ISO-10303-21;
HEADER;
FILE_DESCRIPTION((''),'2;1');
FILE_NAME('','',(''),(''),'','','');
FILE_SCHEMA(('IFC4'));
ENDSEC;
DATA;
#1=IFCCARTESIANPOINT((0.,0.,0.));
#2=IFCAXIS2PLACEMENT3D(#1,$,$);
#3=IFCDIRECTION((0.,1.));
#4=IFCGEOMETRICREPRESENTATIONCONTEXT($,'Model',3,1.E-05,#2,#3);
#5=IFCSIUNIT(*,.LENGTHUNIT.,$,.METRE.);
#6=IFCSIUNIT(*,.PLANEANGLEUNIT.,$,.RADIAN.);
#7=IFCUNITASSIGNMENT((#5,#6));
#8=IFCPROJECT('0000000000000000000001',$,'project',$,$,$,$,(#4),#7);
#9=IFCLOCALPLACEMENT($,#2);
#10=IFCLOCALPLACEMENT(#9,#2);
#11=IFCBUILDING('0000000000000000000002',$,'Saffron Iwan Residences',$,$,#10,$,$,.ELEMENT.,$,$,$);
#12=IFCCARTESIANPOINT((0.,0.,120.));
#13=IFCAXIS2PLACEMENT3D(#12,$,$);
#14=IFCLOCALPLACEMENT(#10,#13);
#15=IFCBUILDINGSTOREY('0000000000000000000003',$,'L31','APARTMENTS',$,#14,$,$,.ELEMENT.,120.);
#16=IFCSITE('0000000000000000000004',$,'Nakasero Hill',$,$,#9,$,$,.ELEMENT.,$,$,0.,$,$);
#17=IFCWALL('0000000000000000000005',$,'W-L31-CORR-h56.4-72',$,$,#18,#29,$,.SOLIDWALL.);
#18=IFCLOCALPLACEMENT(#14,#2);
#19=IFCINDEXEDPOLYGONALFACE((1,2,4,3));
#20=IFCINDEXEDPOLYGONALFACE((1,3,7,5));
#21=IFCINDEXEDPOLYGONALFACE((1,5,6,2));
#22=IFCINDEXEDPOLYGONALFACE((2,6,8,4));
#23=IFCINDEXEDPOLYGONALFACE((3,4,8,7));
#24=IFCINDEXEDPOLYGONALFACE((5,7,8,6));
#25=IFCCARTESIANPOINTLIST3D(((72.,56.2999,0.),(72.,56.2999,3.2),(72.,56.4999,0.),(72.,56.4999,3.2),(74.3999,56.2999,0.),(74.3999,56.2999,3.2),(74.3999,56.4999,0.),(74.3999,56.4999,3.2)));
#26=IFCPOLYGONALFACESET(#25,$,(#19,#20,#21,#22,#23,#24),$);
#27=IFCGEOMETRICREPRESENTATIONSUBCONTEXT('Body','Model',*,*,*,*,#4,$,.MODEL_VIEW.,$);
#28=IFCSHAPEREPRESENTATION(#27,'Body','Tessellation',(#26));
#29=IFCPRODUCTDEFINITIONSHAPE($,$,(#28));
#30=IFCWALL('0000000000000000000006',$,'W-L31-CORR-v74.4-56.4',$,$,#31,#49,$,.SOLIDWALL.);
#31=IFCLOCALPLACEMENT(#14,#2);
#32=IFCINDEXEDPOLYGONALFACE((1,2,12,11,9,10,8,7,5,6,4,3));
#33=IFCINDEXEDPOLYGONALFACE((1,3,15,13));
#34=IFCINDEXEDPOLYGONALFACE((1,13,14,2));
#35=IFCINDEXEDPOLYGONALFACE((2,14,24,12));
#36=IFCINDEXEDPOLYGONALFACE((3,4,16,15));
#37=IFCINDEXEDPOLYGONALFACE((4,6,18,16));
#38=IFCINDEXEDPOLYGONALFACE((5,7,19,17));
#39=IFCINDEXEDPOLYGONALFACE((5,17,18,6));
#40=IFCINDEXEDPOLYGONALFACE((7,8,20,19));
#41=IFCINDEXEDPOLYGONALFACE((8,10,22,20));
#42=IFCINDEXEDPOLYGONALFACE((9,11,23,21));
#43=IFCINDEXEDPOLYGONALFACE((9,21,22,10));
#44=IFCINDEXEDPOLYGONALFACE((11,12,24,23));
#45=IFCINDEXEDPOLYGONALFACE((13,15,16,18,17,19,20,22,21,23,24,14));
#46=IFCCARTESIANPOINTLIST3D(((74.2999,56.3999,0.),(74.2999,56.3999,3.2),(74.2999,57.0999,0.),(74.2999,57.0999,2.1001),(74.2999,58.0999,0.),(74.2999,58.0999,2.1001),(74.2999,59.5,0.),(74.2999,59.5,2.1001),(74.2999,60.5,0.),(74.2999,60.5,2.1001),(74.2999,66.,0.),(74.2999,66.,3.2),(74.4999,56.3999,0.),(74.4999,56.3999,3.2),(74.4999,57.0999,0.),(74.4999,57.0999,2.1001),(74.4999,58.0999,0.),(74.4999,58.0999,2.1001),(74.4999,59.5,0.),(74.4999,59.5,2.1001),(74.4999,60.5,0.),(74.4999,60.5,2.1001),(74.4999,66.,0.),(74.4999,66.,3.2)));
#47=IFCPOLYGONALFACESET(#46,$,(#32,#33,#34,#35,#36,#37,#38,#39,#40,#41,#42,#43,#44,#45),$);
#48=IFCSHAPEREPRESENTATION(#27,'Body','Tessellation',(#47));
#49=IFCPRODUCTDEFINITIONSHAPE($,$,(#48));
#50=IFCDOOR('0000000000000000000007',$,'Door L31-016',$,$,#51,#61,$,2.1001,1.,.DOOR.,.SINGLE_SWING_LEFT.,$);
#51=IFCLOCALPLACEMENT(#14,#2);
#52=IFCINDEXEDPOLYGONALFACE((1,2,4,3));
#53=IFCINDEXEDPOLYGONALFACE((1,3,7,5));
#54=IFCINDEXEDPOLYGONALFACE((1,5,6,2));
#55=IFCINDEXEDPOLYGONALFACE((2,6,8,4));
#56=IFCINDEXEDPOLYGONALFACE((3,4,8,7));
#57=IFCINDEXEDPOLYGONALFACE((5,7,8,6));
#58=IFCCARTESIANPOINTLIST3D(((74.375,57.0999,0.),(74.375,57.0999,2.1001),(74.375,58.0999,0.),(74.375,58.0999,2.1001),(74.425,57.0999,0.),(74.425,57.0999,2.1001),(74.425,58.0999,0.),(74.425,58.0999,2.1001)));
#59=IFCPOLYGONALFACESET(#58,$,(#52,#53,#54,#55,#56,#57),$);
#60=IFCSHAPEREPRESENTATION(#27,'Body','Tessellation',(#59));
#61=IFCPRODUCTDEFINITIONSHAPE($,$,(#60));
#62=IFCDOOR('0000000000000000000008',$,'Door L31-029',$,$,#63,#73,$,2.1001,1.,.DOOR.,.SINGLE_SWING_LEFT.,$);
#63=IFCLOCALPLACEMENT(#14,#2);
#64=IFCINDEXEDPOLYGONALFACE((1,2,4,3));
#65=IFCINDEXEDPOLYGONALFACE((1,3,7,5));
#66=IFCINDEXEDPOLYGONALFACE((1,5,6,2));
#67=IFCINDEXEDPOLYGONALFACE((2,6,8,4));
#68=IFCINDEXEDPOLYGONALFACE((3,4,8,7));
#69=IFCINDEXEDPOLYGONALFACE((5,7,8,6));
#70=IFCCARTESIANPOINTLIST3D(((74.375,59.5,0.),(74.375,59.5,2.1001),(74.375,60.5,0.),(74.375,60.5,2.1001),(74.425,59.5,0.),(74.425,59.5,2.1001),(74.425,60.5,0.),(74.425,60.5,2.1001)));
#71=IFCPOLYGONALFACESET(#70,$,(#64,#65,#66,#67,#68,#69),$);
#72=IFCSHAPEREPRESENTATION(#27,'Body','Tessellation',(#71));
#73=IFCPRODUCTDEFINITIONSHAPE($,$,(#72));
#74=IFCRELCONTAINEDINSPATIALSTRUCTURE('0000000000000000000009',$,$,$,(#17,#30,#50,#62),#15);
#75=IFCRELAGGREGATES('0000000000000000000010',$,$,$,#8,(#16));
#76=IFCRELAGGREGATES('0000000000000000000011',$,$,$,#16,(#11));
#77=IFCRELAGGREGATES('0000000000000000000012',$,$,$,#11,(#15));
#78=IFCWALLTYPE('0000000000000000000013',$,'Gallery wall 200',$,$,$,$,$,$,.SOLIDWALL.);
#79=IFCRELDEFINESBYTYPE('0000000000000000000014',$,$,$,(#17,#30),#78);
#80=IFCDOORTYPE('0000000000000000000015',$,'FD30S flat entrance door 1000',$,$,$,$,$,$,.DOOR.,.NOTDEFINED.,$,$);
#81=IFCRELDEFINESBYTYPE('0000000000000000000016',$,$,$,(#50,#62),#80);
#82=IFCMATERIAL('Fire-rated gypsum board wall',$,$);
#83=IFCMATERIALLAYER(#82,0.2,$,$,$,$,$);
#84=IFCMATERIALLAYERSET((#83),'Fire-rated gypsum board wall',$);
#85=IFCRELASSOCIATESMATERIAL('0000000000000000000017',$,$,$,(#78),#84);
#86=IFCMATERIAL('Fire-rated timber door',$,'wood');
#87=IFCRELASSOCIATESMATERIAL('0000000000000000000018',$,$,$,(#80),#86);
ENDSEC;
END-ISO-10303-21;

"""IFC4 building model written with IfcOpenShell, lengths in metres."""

from ifc_helpers import new_model, si_unit, direction, frame, frame_2d, origin, place, context, subcontext, project, spatial, rectangle, extrude, material, layer, layer_set, type_object, element, fill, save


model = new_model("IFC4")

# Units and contexts
model_context = context("Model", 3, precision=1e-05, world=origin(), true_north=direction((0.0, 1.0)))
body_context = subcontext(model_context, "Body", "Model", "MODEL_VIEW")
ifc_project = project(units=[si_unit("LENGTHUNIT", "METRE"), si_unit("PLANEANGLEUNIT", "RADIAN")], contexts=[model_context])

# Site, building, storey
site_placement = place(None, origin())
site = spatial("IfcSite", under=ifc_project, at=site_placement, Name="Nakasero Hill", CompositionType="ELEMENT", RefElevation=0.0)
building_placement = place(site_placement, origin())
building = spatial("IfcBuilding", under=site, at=building_placement, Name="Saffron Iwan Residences", CompositionType="ELEMENT")
storey_placement = place(building_placement, frame((0.0, 0.0, 120.0)))
storey = spatial("IfcBuildingStorey", under=building, at=storey_placement, Name="L31", Description="APARTMENTS", CompositionType="ELEMENT", Elevation=120.0)

# Shared definitions
ifc_material_1 = material(Name="Fire-rated gypsum board wall")

# Wall
ifc_layer_1 = layer(ifc_material_1, 0.2)
ifc_layer_set_1 = layer_set([ifc_layer_1], Name="Fire-rated gypsum board wall")
wall_type_1 = type_object("IfcWallType", Name="Gallery wall 200", PredefinedType="SOLIDWALL", material=ifc_layer_set_1)
wall_1_placement = place(storey_placement, frame((72.0, 56.3999, 0.0), z_axis=(0.0, 0.0, 1.0), x_axis=(1.0, 0.0, 0.0)))
element("IfcWall", 1, at=wall_1_placement, inside=storey, type_object=wall_type_1, Name="W-L31-CORR-h56.4-72", PredefinedType="SOLIDWALL", context=body_context, shape_type="SweptSolid", body=[
    extrude(rectangle(XDim=2.3999, YDim=0.2, at=frame_2d((1.2, 0.0))), origin(), (0.0, 0.0, 1.0), 3.2),
])

# Wall, openings, doors
wall_2_placement = place(storey_placement, frame((74.3999, 56.3999, 0.0), z_axis=(0.0, 0.0, 1.0), x_axis=(0.0, 1.0, 0.0)))
wall_2 = element("IfcWall", 2, at=wall_2_placement, inside=storey, type_object=wall_type_1, Name="W-L31-CORR-v74.4-56.4", PredefinedType="SOLIDWALL", context=body_context, shape_type="SweptSolid", body=[
    extrude(rectangle(XDim=9.6001, YDim=0.2, at=frame_2d((4.8, 0.0))), origin(), (0.0, 0.0, 1.0), 3.2),
])
opening_1_placement = place(wall_2_placement, frame((0.7, 0.0, 0.0)))
opening_1 = element("IfcOpeningElement", 3, at=opening_1_placement, cuts=wall_2, PredefinedType="OPENING", context=body_context, shape_type="SweptSolid", body=[
    extrude(rectangle(XDim=1.0, YDim=2.1001, at=frame_2d((0.5, 1.05))), frame((0.0, 0.1099, 0.0), z_axis=(0.0, -1.0, 0.0), x_axis=(1.0, 0.0, 0.0)), (0.0, 0.0, 1.0), 0.22),
])
opening_2_placement = place(wall_2_placement, frame((3.1001, 0.0, 0.0)))
opening_2 = element("IfcOpeningElement", 4, at=opening_2_placement, cuts=wall_2, PredefinedType="OPENING", context=body_context, shape_type="SweptSolid", body=[
    extrude(rectangle(XDim=1.0, YDim=2.1001, at=frame_2d((0.5, 1.05))), frame((0.0, 0.1099, 0.0), z_axis=(0.0, -1.0, 0.0), x_axis=(1.0, 0.0, 0.0)), (0.0, 0.0, 1.0), 0.22),
])
ifc_material_2 = material(Name="Fire-rated timber door", Category="wood")
door_type_1 = type_object("IfcDoorType", Name="FD30S flat entrance door 1000", OperationType="NOTDEFINED", PredefinedType="DOOR", material=ifc_material_2)
door_1_placement = place(opening_1_placement, origin())
door_1 = element("IfcDoor", 5, at=door_1_placement, inside=storey, type_object=door_type_1, Name="Door L31-016", OperationType="SINGLE_SWING_LEFT", OverallHeight=2.1001, OverallWidth=1.0, PredefinedType="DOOR", context=body_context, shape_type="SweptSolid", body=[
    extrude(rectangle(XDim=1.0, YDim=2.1001, at=frame_2d((0.5, 1.05))), frame((0.0, 0.0249, 0.0), z_axis=(0.0, -1.0, 0.0), x_axis=(1.0, 0.0, 0.0)), (0.0, 0.0, 1.0), 0.05),
])
fill(opening_1, door_1)
door_2_placement = place(opening_2_placement, origin())
door_2 = element("IfcDoor", 6, at=door_2_placement, inside=storey, type_object=door_type_1, Name="Door L31-029", OperationType="SINGLE_SWING_LEFT", OverallHeight=2.1001, OverallWidth=1.0, PredefinedType="DOOR", context=body_context, shape_type="SweptSolid", body=[
    extrude(rectangle(XDim=1.0, YDim=2.1001, at=frame_2d((0.5, 1.05))), frame((0.0, 0.0249, 0.0), z_axis=(0.0, -1.0, 0.0), x_axis=(1.0, 0.0, 0.0)), (0.0, 0.0, 1.0), 0.05),
])
fill(opening_2, door_2)

save(model, "model.ifc")
